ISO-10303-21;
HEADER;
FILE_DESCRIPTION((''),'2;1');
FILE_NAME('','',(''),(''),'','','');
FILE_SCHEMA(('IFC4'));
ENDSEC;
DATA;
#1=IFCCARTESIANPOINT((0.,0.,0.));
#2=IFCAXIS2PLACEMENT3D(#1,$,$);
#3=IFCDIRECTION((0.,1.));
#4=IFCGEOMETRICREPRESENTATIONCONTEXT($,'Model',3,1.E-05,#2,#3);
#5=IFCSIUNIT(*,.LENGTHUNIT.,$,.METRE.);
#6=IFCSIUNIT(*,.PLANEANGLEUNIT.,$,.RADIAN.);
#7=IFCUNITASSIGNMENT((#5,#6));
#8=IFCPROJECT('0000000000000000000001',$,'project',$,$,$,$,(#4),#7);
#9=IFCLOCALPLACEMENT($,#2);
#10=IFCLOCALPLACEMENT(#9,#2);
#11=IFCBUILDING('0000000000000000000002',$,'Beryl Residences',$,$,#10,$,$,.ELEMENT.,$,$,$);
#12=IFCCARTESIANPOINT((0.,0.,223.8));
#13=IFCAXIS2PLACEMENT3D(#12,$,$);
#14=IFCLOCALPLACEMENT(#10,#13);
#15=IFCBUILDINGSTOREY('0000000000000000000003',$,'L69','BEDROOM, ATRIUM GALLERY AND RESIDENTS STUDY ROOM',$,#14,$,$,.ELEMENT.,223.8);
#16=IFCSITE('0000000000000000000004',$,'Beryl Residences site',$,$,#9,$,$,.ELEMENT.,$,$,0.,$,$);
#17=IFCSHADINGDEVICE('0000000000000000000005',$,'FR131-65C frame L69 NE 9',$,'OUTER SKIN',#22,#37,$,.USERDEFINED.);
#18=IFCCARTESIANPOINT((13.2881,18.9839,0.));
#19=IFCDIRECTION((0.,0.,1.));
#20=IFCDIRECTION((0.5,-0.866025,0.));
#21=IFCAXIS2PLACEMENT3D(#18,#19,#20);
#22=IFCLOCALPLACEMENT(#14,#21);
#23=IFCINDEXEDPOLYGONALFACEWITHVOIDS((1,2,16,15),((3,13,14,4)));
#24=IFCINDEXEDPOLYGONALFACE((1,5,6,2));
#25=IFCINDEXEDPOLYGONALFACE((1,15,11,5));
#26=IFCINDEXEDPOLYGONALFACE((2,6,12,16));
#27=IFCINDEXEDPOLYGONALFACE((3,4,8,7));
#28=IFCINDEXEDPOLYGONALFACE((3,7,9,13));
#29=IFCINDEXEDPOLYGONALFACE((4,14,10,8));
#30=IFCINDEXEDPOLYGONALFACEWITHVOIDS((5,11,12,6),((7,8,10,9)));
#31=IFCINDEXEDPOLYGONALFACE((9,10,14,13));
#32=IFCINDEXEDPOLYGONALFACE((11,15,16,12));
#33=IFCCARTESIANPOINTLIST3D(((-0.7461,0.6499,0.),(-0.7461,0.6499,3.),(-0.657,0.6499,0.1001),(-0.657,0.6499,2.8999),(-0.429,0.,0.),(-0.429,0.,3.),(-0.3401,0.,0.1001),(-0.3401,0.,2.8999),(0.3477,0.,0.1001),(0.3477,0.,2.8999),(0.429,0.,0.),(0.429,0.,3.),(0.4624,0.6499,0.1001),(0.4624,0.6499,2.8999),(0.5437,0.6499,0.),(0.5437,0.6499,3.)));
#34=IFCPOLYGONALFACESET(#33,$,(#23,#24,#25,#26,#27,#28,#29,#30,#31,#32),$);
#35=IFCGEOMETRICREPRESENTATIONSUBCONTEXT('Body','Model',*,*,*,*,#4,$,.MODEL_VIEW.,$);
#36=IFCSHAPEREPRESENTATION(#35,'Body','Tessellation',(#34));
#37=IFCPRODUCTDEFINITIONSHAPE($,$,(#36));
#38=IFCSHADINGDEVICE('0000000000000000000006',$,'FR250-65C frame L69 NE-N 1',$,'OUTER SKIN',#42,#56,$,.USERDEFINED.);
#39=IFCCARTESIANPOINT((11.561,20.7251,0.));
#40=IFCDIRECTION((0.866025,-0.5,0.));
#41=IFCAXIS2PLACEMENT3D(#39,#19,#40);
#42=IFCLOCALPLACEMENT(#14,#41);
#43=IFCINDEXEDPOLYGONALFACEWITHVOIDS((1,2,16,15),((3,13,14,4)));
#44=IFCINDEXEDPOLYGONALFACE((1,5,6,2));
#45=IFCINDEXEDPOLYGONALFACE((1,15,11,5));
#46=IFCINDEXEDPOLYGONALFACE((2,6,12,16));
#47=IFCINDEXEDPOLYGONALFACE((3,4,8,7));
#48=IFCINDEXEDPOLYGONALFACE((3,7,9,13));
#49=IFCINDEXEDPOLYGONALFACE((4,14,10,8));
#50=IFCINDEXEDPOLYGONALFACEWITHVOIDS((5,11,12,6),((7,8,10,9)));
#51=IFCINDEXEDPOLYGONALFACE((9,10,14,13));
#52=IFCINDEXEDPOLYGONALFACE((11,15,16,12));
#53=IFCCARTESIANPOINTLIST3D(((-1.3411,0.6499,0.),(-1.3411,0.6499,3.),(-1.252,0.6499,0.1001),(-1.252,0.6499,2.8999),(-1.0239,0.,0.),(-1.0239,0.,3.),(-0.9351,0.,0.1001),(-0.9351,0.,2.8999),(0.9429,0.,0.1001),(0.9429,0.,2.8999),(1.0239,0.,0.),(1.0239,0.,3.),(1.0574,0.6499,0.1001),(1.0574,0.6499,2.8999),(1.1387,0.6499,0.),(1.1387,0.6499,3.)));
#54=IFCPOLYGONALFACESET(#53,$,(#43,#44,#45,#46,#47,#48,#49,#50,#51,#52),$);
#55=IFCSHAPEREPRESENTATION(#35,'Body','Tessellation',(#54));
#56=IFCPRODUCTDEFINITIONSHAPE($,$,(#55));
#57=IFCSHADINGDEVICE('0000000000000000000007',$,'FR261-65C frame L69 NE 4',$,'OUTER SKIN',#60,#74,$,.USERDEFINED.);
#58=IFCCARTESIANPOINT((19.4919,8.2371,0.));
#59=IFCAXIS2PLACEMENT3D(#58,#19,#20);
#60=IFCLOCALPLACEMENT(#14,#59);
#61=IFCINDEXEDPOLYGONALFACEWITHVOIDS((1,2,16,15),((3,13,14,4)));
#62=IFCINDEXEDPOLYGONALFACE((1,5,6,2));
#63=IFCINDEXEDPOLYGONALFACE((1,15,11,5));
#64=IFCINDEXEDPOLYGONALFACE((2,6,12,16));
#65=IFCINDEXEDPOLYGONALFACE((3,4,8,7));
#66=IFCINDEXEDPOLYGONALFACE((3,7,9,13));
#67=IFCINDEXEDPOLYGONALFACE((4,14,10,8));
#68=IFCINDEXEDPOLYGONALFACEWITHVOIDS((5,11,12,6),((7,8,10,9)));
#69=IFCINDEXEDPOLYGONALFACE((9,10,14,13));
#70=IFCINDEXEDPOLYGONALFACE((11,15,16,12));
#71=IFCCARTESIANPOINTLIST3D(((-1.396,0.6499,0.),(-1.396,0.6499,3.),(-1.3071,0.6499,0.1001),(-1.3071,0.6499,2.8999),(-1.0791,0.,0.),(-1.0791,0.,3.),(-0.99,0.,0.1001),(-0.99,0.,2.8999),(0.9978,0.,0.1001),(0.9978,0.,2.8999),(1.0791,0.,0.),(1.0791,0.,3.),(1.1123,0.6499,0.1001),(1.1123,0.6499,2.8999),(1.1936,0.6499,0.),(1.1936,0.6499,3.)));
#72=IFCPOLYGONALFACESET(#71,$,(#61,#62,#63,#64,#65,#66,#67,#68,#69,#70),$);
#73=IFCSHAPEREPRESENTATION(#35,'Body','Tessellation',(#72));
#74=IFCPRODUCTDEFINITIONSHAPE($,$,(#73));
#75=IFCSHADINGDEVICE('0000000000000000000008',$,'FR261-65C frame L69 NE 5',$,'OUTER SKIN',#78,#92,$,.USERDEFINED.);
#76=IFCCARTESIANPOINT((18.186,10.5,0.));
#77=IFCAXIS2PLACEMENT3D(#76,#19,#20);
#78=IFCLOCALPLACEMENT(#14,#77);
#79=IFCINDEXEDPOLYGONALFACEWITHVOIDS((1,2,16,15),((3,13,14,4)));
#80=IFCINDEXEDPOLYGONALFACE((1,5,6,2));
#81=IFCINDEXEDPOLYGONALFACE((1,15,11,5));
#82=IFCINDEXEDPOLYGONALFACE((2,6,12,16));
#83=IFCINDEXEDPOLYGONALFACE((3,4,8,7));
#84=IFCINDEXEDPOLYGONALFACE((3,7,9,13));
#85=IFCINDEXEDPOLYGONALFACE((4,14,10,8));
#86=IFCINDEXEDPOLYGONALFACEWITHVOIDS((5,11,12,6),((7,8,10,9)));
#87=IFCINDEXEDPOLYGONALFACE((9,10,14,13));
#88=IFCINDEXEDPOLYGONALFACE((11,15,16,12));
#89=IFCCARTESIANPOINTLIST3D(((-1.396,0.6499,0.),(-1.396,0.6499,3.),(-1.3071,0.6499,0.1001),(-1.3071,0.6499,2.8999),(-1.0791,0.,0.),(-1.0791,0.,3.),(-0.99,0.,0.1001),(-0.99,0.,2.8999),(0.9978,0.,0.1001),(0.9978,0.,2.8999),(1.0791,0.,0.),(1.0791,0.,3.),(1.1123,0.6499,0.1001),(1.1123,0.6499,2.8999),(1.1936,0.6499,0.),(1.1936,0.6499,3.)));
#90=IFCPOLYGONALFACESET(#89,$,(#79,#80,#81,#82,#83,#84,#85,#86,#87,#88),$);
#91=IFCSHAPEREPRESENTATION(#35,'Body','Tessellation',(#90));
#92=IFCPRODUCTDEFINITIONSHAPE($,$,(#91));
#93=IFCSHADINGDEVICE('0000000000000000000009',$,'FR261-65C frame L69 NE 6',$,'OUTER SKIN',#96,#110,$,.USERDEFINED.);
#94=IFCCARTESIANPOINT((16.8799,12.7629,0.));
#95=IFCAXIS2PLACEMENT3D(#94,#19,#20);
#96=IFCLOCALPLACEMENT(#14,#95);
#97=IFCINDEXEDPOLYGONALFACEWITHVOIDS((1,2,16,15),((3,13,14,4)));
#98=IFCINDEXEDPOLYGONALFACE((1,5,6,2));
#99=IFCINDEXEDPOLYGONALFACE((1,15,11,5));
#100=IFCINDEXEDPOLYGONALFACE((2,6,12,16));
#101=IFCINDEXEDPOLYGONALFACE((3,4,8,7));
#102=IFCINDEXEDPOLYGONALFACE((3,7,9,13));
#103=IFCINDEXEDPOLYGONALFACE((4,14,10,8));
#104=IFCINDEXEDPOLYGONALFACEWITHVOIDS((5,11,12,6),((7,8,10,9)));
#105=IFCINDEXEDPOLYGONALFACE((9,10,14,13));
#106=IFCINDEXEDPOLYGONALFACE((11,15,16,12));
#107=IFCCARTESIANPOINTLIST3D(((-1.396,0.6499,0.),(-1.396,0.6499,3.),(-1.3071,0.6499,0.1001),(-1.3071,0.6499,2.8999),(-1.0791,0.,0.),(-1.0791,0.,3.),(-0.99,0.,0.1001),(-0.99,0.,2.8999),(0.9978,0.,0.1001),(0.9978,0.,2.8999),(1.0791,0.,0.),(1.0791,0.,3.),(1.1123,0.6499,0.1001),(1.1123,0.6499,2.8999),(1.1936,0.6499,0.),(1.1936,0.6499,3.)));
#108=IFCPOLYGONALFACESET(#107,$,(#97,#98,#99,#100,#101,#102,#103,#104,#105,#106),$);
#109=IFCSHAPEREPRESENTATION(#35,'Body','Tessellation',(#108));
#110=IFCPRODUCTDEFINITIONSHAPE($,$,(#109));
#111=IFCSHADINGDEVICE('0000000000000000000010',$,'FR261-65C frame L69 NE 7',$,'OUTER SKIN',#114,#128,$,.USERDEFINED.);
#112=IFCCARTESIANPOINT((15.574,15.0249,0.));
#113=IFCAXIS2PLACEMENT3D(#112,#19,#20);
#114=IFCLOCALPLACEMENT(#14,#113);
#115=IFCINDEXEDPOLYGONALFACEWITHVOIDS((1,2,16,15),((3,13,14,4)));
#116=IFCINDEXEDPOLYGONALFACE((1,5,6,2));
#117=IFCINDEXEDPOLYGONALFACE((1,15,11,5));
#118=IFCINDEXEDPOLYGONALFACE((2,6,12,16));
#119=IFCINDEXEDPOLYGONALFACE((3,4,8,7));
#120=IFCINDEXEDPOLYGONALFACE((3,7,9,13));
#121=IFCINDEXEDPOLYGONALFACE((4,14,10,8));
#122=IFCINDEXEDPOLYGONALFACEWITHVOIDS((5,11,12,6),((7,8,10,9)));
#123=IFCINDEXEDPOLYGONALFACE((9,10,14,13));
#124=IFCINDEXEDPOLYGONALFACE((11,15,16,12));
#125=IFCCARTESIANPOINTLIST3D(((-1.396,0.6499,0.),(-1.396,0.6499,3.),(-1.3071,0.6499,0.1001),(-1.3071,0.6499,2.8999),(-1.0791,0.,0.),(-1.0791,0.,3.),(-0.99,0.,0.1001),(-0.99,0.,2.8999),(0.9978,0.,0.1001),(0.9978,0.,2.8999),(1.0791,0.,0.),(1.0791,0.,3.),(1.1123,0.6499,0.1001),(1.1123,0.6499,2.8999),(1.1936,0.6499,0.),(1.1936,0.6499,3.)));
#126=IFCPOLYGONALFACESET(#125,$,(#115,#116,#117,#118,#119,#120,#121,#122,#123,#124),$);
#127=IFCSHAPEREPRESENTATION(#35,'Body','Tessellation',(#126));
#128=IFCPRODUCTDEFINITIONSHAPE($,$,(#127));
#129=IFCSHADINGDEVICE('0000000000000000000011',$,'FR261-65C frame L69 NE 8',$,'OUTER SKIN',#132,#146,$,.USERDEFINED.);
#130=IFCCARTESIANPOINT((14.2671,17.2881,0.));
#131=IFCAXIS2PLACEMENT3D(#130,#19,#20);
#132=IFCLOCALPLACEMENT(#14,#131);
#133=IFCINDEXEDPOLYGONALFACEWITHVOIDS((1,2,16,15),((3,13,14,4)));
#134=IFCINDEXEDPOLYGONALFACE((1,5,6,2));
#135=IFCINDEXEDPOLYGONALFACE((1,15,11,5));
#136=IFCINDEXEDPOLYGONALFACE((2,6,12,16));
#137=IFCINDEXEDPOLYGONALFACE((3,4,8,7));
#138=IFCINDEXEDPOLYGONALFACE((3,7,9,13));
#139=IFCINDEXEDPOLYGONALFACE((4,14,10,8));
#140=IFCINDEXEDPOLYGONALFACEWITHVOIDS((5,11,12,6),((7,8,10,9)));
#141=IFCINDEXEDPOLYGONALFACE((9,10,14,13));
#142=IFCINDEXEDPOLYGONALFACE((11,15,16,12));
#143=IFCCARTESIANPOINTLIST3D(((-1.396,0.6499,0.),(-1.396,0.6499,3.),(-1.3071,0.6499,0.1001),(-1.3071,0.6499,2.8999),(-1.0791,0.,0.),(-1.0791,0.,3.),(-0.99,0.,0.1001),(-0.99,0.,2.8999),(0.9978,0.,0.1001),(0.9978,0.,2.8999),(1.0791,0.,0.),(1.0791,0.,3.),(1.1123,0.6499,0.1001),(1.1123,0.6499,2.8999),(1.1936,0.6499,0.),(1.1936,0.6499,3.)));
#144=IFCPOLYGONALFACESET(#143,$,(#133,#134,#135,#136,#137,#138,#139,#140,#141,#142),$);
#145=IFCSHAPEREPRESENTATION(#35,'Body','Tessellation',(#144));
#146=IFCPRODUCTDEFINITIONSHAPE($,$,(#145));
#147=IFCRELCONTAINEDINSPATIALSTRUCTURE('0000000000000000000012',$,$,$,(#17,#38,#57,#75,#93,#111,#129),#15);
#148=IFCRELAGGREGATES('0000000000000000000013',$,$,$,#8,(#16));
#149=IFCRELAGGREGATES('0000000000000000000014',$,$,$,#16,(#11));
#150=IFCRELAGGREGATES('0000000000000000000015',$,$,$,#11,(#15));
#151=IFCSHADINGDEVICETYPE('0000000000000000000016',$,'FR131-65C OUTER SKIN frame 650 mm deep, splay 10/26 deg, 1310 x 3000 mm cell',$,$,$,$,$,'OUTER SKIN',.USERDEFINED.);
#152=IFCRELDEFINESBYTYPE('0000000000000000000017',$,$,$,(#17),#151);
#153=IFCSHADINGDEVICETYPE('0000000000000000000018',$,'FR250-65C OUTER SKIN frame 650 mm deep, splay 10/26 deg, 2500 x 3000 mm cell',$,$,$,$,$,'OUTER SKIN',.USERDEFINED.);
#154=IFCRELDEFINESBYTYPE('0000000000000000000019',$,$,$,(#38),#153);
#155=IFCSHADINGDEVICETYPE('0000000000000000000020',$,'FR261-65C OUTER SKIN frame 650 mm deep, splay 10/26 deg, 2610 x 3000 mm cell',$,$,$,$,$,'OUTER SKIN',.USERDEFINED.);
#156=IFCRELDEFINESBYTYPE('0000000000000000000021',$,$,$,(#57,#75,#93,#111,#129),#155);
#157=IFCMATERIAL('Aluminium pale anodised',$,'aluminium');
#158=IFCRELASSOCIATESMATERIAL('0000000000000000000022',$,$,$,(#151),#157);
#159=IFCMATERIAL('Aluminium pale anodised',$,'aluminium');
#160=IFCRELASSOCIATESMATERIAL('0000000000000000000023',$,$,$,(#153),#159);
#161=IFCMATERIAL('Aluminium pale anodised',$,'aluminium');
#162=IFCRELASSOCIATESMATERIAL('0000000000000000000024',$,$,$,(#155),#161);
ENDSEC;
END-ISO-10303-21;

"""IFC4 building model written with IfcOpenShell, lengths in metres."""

from ifc_helpers import new_model, entity, si_unit, direction, frame, origin, place, context, subcontext, project, spatial, source, transform, mapped, material, type_object, type_shapes, element, save


model = new_model("IFC4")

# Units and contexts
model_context = context("Model", 3, precision=1e-05, world=origin(), true_north=direction((0.0, 1.0)))
body_context = subcontext(model_context, "Body", "Model", "MODEL_VIEW")
ifc_project = project(units=[si_unit("LENGTHUNIT", "METRE"), si_unit("PLANEANGLEUNIT", "RADIAN")], contexts=[model_context])

# Site, building, storey
site_placement = place(None, origin())
site = spatial("IfcSite", under=ifc_project, at=site_placement, Name="Beryl Residences site", CompositionType="ELEMENT", RefElevation=0.0)
building_placement = place(site_placement, origin())
building = spatial("IfcBuilding", under=site, at=building_placement, Name="Beryl Residences", CompositionType="ELEMENT")
storey_placement = place(building_placement, frame((0.0, 0.0, 223.8)))
storey = spatial("IfcBuildingStorey", under=building, at=storey_placement, Name="L69", Description="BEDROOM, ATRIUM GALLERY AND RESIDENTS STUDY ROOM", CompositionType="ELEMENT", Elevation=223.8)

# Shading devices
ifc_material_1 = material(Name="Aluminium pale anodised", Category="aluminium")
shading_device_type_1 = type_object("IfcShadingDeviceType", Name="FR131-65C OUTER SKIN frame 650 mm deep, splay 10/26 deg, 1310 x 3000 mm cell", ElementType="OUTER SKIN", PredefinedType="USERDEFINED", material=ifc_material_1)
cartesian_point_1 = entity("IfcCartesianPoint", [-0.429, 0.0])
cartesian_point_2 = entity("IfcCartesianPoint", [-0.3477, 0.1001])
cartesian_point_3 = entity("IfcCartesianPoint", [-0.5437, 0.0])
cartesian_point_4 = entity("IfcCartesianPoint", [-0.4624, 0.1001])
shared_shape_1 = source(origin(), body_context, "Body", "SweptSolid", [
    entity("IfcExtrudedAreaSolidTapered", entity("IfcArbitraryProfileDefWithVoids", "AREA", None, entity("IfcPolyline", [cartesian_point_1, entity("IfcCartesianPoint", [0.429, 0.0]), entity("IfcCartesianPoint", [0.429, 3.0]), entity("IfcCartesianPoint", [-0.429, 3.0]), cartesian_point_1]), [entity("IfcPolyline", [cartesian_point_2, entity("IfcCartesianPoint", [0.3401, 0.1001]), entity("IfcCartesianPoint", [0.3401, 2.8999]), entity("IfcCartesianPoint", [-0.3477, 2.8999]), cartesian_point_2])]), entity("IfcAxis2Placement3D", entity("IfcCartesianPoint", [0.0, 0.0, 0.0]), entity("IfcDirection", [0.0, 1.0, 0.0]), entity("IfcDirection", [-1.0, 0.0, 0.0])), entity("IfcDirection", [0.0, 0.0, 1.0]), 0.6499, entity("IfcArbitraryProfileDefWithVoids", "AREA", None, entity("IfcPolyline", [cartesian_point_3, entity("IfcCartesianPoint", [0.7461, 0.0]), entity("IfcCartesianPoint", [0.7461, 3.0]), entity("IfcCartesianPoint", [-0.5437, 3.0]), cartesian_point_3]), [entity("IfcPolyline", [cartesian_point_4, entity("IfcCartesianPoint", [0.657, 0.1001]), entity("IfcCartesianPoint", [0.657, 2.8999]), entity("IfcCartesianPoint", [-0.4624, 2.8999]), cartesian_point_4])])),
])
type_shapes(shading_device_type_1, [shared_shape_1])
shading_device_1_placement = place(storey_placement, frame((13.2881, 18.9839, 0.0), z_axis=(0.0, 0.0, 1.0), x_axis=(0.5, -0.866025, 0.0)))
element("IfcShadingDevice", 1, at=shading_device_1_placement, inside=storey, type_object=shading_device_type_1, Name="FR131-65C frame L69 NE 9", ObjectType="OUTER SKIN", PredefinedType="USERDEFINED", context=body_context, shape_type="MappedRepresentation", body=[
    mapped(shared_shape_1, transform((0.0, 0.0, 0.0))),
])
ifc_material_2 = material(Name="Aluminium pale anodised", Category="aluminium")
shading_device_type_2 = type_object("IfcShadingDeviceType", Name="FR250-65C OUTER SKIN frame 650 mm deep, splay 10/26 deg, 2500 x 3000 mm cell", ElementType="OUTER SKIN", PredefinedType="USERDEFINED", material=ifc_material_2)
cartesian_point_5 = entity("IfcCartesianPoint", [-1.0239, 0.0])
cartesian_point_6 = entity("IfcCartesianPoint", [-0.9429, 0.1001])
cartesian_point_7 = entity("IfcCartesianPoint", [-1.1387, 0.0])
cartesian_point_8 = entity("IfcCartesianPoint", [-1.0574, 0.1001])
shared_shape_2 = source(origin(), body_context, "Body", "SweptSolid", [
    entity("IfcExtrudedAreaSolidTapered", entity("IfcArbitraryProfileDefWithVoids", "AREA", None, entity("IfcPolyline", [cartesian_point_5, entity("IfcCartesianPoint", [1.0239, 0.0]), entity("IfcCartesianPoint", [1.0239, 3.0]), entity("IfcCartesianPoint", [-1.0239, 3.0]), cartesian_point_5]), [entity("IfcPolyline", [cartesian_point_6, entity("IfcCartesianPoint", [0.9351, 0.1001]), entity("IfcCartesianPoint", [0.9351, 2.8999]), entity("IfcCartesianPoint", [-0.9429, 2.8999]), cartesian_point_6])]), entity("IfcAxis2Placement3D", entity("IfcCartesianPoint", [0.0, 0.0, 0.0]), entity("IfcDirection", [0.0, 1.0, 0.0]), entity("IfcDirection", [-1.0, 0.0, 0.0])), entity("IfcDirection", [0.0, 0.0, 1.0]), 0.6499, entity("IfcArbitraryProfileDefWithVoids", "AREA", None, entity("IfcPolyline", [cartesian_point_7, entity("IfcCartesianPoint", [1.3411, 0.0]), entity("IfcCartesianPoint", [1.3411, 3.0]), entity("IfcCartesianPoint", [-1.1387, 3.0]), cartesian_point_7]), [entity("IfcPolyline", [cartesian_point_8, entity("IfcCartesianPoint", [1.252, 0.1001]), entity("IfcCartesianPoint", [1.252, 2.8999]), entity("IfcCartesianPoint", [-1.0574, 2.8999]), cartesian_point_8])])),
])
type_shapes(shading_device_type_2, [shared_shape_2])
shading_device_2_placement = place(storey_placement, frame((11.561, 20.7251, 0.0), z_axis=(0.0, 0.0, 1.0), x_axis=(0.866025, -0.5, 0.0)))
element("IfcShadingDevice", 2, at=shading_device_2_placement, inside=storey, type_object=shading_device_type_2, Name="FR250-65C frame L69 NE-N 1", ObjectType="OUTER SKIN", PredefinedType="USERDEFINED", context=body_context, shape_type="MappedRepresentation", body=[
    mapped(shared_shape_2, transform((0.0, 0.0, 0.0))),
])
ifc_material_3 = material(Name="Aluminium pale anodised", Category="aluminium")
shading_device_type_3 = type_object("IfcShadingDeviceType", Name="FR261-65C OUTER SKIN frame 650 mm deep, splay 10/26 deg, 2610 x 3000 mm cell", ElementType="OUTER SKIN", PredefinedType="USERDEFINED", material=ifc_material_3)
cartesian_point_9 = entity("IfcCartesianPoint", [-1.0791, 0.0])
cartesian_point_10 = entity("IfcCartesianPoint", [-0.9978, 0.1001])
cartesian_point_11 = entity("IfcCartesianPoint", [-1.1936, 0.0])
cartesian_point_12 = entity("IfcCartesianPoint", [-1.1123, 0.1001])
shared_shape_3 = source(origin(), body_context, "Body", "SweptSolid", [
    entity("IfcExtrudedAreaSolidTapered", entity("IfcArbitraryProfileDefWithVoids", "AREA", None, entity("IfcPolyline", [cartesian_point_9, entity("IfcCartesianPoint", [1.0791, 0.0]), entity("IfcCartesianPoint", [1.0791, 3.0]), entity("IfcCartesianPoint", [-1.0791, 3.0]), cartesian_point_9]), [entity("IfcPolyline", [cartesian_point_10, entity("IfcCartesianPoint", [0.99, 0.1001]), entity("IfcCartesianPoint", [0.99, 2.8999]), entity("IfcCartesianPoint", [-0.9978, 2.8999]), cartesian_point_10])]), entity("IfcAxis2Placement3D", entity("IfcCartesianPoint", [0.0, 0.0, 0.0]), entity("IfcDirection", [0.0, 1.0, 0.0]), entity("IfcDirection", [-1.0, 0.0, 0.0])), entity("IfcDirection", [0.0, 0.0, 1.0]), 0.6499, entity("IfcArbitraryProfileDefWithVoids", "AREA", None, entity("IfcPolyline", [cartesian_point_11, entity("IfcCartesianPoint", [1.396, 0.0]), entity("IfcCartesianPoint", [1.396, 3.0]), entity("IfcCartesianPoint", [-1.1936, 3.0]), cartesian_point_11]), [entity("IfcPolyline", [cartesian_point_12, entity("IfcCartesianPoint", [1.3071, 0.1001]), entity("IfcCartesianPoint", [1.3071, 2.8999]), entity("IfcCartesianPoint", [-1.1123, 2.8999]), cartesian_point_12])])),
])
type_shapes(shading_device_type_3, [shared_shape_3])
for number, where, z_axis, x_axis, name in (
    (3, (19.4919, 8.2371, 0.0), (0.0, 0.0, 1.0), (0.5, -0.866025, 0.0), "FR261-65C frame L69 NE 4"),
    (4, (18.186, 10.5, 0.0), (0.0, 0.0, 1.0), (0.5, -0.866025, 0.0), "FR261-65C frame L69 NE 5"),
    (5, (16.8799, 12.7629, 0.0), (0.0, 0.0, 1.0), (0.5, -0.866025, 0.0), "FR261-65C frame L69 NE 6"),
    (6, (15.574, 15.0249, 0.0), (0.0, 0.0, 1.0), (0.5, -0.866025, 0.0), "FR261-65C frame L69 NE 7"),
    (7, (14.2671, 17.2881, 0.0), (0.0, 0.0, 1.0), (0.5, -0.866025, 0.0), "FR261-65C frame L69 NE 8"),
):
    element("IfcShadingDevice", number, at=place(storey_placement, frame(where, z_axis=z_axis, x_axis=x_axis)), inside=storey, type_object=shading_device_type_3, Name=name, ObjectType="OUTER SKIN", PredefinedType="USERDEFINED", context=body_context, shape_type="MappedRepresentation", body=[
        mapped(shared_shape_3, transform((0.0, 0.0, 0.0))),
    ])

save(model, "model.ifc")
